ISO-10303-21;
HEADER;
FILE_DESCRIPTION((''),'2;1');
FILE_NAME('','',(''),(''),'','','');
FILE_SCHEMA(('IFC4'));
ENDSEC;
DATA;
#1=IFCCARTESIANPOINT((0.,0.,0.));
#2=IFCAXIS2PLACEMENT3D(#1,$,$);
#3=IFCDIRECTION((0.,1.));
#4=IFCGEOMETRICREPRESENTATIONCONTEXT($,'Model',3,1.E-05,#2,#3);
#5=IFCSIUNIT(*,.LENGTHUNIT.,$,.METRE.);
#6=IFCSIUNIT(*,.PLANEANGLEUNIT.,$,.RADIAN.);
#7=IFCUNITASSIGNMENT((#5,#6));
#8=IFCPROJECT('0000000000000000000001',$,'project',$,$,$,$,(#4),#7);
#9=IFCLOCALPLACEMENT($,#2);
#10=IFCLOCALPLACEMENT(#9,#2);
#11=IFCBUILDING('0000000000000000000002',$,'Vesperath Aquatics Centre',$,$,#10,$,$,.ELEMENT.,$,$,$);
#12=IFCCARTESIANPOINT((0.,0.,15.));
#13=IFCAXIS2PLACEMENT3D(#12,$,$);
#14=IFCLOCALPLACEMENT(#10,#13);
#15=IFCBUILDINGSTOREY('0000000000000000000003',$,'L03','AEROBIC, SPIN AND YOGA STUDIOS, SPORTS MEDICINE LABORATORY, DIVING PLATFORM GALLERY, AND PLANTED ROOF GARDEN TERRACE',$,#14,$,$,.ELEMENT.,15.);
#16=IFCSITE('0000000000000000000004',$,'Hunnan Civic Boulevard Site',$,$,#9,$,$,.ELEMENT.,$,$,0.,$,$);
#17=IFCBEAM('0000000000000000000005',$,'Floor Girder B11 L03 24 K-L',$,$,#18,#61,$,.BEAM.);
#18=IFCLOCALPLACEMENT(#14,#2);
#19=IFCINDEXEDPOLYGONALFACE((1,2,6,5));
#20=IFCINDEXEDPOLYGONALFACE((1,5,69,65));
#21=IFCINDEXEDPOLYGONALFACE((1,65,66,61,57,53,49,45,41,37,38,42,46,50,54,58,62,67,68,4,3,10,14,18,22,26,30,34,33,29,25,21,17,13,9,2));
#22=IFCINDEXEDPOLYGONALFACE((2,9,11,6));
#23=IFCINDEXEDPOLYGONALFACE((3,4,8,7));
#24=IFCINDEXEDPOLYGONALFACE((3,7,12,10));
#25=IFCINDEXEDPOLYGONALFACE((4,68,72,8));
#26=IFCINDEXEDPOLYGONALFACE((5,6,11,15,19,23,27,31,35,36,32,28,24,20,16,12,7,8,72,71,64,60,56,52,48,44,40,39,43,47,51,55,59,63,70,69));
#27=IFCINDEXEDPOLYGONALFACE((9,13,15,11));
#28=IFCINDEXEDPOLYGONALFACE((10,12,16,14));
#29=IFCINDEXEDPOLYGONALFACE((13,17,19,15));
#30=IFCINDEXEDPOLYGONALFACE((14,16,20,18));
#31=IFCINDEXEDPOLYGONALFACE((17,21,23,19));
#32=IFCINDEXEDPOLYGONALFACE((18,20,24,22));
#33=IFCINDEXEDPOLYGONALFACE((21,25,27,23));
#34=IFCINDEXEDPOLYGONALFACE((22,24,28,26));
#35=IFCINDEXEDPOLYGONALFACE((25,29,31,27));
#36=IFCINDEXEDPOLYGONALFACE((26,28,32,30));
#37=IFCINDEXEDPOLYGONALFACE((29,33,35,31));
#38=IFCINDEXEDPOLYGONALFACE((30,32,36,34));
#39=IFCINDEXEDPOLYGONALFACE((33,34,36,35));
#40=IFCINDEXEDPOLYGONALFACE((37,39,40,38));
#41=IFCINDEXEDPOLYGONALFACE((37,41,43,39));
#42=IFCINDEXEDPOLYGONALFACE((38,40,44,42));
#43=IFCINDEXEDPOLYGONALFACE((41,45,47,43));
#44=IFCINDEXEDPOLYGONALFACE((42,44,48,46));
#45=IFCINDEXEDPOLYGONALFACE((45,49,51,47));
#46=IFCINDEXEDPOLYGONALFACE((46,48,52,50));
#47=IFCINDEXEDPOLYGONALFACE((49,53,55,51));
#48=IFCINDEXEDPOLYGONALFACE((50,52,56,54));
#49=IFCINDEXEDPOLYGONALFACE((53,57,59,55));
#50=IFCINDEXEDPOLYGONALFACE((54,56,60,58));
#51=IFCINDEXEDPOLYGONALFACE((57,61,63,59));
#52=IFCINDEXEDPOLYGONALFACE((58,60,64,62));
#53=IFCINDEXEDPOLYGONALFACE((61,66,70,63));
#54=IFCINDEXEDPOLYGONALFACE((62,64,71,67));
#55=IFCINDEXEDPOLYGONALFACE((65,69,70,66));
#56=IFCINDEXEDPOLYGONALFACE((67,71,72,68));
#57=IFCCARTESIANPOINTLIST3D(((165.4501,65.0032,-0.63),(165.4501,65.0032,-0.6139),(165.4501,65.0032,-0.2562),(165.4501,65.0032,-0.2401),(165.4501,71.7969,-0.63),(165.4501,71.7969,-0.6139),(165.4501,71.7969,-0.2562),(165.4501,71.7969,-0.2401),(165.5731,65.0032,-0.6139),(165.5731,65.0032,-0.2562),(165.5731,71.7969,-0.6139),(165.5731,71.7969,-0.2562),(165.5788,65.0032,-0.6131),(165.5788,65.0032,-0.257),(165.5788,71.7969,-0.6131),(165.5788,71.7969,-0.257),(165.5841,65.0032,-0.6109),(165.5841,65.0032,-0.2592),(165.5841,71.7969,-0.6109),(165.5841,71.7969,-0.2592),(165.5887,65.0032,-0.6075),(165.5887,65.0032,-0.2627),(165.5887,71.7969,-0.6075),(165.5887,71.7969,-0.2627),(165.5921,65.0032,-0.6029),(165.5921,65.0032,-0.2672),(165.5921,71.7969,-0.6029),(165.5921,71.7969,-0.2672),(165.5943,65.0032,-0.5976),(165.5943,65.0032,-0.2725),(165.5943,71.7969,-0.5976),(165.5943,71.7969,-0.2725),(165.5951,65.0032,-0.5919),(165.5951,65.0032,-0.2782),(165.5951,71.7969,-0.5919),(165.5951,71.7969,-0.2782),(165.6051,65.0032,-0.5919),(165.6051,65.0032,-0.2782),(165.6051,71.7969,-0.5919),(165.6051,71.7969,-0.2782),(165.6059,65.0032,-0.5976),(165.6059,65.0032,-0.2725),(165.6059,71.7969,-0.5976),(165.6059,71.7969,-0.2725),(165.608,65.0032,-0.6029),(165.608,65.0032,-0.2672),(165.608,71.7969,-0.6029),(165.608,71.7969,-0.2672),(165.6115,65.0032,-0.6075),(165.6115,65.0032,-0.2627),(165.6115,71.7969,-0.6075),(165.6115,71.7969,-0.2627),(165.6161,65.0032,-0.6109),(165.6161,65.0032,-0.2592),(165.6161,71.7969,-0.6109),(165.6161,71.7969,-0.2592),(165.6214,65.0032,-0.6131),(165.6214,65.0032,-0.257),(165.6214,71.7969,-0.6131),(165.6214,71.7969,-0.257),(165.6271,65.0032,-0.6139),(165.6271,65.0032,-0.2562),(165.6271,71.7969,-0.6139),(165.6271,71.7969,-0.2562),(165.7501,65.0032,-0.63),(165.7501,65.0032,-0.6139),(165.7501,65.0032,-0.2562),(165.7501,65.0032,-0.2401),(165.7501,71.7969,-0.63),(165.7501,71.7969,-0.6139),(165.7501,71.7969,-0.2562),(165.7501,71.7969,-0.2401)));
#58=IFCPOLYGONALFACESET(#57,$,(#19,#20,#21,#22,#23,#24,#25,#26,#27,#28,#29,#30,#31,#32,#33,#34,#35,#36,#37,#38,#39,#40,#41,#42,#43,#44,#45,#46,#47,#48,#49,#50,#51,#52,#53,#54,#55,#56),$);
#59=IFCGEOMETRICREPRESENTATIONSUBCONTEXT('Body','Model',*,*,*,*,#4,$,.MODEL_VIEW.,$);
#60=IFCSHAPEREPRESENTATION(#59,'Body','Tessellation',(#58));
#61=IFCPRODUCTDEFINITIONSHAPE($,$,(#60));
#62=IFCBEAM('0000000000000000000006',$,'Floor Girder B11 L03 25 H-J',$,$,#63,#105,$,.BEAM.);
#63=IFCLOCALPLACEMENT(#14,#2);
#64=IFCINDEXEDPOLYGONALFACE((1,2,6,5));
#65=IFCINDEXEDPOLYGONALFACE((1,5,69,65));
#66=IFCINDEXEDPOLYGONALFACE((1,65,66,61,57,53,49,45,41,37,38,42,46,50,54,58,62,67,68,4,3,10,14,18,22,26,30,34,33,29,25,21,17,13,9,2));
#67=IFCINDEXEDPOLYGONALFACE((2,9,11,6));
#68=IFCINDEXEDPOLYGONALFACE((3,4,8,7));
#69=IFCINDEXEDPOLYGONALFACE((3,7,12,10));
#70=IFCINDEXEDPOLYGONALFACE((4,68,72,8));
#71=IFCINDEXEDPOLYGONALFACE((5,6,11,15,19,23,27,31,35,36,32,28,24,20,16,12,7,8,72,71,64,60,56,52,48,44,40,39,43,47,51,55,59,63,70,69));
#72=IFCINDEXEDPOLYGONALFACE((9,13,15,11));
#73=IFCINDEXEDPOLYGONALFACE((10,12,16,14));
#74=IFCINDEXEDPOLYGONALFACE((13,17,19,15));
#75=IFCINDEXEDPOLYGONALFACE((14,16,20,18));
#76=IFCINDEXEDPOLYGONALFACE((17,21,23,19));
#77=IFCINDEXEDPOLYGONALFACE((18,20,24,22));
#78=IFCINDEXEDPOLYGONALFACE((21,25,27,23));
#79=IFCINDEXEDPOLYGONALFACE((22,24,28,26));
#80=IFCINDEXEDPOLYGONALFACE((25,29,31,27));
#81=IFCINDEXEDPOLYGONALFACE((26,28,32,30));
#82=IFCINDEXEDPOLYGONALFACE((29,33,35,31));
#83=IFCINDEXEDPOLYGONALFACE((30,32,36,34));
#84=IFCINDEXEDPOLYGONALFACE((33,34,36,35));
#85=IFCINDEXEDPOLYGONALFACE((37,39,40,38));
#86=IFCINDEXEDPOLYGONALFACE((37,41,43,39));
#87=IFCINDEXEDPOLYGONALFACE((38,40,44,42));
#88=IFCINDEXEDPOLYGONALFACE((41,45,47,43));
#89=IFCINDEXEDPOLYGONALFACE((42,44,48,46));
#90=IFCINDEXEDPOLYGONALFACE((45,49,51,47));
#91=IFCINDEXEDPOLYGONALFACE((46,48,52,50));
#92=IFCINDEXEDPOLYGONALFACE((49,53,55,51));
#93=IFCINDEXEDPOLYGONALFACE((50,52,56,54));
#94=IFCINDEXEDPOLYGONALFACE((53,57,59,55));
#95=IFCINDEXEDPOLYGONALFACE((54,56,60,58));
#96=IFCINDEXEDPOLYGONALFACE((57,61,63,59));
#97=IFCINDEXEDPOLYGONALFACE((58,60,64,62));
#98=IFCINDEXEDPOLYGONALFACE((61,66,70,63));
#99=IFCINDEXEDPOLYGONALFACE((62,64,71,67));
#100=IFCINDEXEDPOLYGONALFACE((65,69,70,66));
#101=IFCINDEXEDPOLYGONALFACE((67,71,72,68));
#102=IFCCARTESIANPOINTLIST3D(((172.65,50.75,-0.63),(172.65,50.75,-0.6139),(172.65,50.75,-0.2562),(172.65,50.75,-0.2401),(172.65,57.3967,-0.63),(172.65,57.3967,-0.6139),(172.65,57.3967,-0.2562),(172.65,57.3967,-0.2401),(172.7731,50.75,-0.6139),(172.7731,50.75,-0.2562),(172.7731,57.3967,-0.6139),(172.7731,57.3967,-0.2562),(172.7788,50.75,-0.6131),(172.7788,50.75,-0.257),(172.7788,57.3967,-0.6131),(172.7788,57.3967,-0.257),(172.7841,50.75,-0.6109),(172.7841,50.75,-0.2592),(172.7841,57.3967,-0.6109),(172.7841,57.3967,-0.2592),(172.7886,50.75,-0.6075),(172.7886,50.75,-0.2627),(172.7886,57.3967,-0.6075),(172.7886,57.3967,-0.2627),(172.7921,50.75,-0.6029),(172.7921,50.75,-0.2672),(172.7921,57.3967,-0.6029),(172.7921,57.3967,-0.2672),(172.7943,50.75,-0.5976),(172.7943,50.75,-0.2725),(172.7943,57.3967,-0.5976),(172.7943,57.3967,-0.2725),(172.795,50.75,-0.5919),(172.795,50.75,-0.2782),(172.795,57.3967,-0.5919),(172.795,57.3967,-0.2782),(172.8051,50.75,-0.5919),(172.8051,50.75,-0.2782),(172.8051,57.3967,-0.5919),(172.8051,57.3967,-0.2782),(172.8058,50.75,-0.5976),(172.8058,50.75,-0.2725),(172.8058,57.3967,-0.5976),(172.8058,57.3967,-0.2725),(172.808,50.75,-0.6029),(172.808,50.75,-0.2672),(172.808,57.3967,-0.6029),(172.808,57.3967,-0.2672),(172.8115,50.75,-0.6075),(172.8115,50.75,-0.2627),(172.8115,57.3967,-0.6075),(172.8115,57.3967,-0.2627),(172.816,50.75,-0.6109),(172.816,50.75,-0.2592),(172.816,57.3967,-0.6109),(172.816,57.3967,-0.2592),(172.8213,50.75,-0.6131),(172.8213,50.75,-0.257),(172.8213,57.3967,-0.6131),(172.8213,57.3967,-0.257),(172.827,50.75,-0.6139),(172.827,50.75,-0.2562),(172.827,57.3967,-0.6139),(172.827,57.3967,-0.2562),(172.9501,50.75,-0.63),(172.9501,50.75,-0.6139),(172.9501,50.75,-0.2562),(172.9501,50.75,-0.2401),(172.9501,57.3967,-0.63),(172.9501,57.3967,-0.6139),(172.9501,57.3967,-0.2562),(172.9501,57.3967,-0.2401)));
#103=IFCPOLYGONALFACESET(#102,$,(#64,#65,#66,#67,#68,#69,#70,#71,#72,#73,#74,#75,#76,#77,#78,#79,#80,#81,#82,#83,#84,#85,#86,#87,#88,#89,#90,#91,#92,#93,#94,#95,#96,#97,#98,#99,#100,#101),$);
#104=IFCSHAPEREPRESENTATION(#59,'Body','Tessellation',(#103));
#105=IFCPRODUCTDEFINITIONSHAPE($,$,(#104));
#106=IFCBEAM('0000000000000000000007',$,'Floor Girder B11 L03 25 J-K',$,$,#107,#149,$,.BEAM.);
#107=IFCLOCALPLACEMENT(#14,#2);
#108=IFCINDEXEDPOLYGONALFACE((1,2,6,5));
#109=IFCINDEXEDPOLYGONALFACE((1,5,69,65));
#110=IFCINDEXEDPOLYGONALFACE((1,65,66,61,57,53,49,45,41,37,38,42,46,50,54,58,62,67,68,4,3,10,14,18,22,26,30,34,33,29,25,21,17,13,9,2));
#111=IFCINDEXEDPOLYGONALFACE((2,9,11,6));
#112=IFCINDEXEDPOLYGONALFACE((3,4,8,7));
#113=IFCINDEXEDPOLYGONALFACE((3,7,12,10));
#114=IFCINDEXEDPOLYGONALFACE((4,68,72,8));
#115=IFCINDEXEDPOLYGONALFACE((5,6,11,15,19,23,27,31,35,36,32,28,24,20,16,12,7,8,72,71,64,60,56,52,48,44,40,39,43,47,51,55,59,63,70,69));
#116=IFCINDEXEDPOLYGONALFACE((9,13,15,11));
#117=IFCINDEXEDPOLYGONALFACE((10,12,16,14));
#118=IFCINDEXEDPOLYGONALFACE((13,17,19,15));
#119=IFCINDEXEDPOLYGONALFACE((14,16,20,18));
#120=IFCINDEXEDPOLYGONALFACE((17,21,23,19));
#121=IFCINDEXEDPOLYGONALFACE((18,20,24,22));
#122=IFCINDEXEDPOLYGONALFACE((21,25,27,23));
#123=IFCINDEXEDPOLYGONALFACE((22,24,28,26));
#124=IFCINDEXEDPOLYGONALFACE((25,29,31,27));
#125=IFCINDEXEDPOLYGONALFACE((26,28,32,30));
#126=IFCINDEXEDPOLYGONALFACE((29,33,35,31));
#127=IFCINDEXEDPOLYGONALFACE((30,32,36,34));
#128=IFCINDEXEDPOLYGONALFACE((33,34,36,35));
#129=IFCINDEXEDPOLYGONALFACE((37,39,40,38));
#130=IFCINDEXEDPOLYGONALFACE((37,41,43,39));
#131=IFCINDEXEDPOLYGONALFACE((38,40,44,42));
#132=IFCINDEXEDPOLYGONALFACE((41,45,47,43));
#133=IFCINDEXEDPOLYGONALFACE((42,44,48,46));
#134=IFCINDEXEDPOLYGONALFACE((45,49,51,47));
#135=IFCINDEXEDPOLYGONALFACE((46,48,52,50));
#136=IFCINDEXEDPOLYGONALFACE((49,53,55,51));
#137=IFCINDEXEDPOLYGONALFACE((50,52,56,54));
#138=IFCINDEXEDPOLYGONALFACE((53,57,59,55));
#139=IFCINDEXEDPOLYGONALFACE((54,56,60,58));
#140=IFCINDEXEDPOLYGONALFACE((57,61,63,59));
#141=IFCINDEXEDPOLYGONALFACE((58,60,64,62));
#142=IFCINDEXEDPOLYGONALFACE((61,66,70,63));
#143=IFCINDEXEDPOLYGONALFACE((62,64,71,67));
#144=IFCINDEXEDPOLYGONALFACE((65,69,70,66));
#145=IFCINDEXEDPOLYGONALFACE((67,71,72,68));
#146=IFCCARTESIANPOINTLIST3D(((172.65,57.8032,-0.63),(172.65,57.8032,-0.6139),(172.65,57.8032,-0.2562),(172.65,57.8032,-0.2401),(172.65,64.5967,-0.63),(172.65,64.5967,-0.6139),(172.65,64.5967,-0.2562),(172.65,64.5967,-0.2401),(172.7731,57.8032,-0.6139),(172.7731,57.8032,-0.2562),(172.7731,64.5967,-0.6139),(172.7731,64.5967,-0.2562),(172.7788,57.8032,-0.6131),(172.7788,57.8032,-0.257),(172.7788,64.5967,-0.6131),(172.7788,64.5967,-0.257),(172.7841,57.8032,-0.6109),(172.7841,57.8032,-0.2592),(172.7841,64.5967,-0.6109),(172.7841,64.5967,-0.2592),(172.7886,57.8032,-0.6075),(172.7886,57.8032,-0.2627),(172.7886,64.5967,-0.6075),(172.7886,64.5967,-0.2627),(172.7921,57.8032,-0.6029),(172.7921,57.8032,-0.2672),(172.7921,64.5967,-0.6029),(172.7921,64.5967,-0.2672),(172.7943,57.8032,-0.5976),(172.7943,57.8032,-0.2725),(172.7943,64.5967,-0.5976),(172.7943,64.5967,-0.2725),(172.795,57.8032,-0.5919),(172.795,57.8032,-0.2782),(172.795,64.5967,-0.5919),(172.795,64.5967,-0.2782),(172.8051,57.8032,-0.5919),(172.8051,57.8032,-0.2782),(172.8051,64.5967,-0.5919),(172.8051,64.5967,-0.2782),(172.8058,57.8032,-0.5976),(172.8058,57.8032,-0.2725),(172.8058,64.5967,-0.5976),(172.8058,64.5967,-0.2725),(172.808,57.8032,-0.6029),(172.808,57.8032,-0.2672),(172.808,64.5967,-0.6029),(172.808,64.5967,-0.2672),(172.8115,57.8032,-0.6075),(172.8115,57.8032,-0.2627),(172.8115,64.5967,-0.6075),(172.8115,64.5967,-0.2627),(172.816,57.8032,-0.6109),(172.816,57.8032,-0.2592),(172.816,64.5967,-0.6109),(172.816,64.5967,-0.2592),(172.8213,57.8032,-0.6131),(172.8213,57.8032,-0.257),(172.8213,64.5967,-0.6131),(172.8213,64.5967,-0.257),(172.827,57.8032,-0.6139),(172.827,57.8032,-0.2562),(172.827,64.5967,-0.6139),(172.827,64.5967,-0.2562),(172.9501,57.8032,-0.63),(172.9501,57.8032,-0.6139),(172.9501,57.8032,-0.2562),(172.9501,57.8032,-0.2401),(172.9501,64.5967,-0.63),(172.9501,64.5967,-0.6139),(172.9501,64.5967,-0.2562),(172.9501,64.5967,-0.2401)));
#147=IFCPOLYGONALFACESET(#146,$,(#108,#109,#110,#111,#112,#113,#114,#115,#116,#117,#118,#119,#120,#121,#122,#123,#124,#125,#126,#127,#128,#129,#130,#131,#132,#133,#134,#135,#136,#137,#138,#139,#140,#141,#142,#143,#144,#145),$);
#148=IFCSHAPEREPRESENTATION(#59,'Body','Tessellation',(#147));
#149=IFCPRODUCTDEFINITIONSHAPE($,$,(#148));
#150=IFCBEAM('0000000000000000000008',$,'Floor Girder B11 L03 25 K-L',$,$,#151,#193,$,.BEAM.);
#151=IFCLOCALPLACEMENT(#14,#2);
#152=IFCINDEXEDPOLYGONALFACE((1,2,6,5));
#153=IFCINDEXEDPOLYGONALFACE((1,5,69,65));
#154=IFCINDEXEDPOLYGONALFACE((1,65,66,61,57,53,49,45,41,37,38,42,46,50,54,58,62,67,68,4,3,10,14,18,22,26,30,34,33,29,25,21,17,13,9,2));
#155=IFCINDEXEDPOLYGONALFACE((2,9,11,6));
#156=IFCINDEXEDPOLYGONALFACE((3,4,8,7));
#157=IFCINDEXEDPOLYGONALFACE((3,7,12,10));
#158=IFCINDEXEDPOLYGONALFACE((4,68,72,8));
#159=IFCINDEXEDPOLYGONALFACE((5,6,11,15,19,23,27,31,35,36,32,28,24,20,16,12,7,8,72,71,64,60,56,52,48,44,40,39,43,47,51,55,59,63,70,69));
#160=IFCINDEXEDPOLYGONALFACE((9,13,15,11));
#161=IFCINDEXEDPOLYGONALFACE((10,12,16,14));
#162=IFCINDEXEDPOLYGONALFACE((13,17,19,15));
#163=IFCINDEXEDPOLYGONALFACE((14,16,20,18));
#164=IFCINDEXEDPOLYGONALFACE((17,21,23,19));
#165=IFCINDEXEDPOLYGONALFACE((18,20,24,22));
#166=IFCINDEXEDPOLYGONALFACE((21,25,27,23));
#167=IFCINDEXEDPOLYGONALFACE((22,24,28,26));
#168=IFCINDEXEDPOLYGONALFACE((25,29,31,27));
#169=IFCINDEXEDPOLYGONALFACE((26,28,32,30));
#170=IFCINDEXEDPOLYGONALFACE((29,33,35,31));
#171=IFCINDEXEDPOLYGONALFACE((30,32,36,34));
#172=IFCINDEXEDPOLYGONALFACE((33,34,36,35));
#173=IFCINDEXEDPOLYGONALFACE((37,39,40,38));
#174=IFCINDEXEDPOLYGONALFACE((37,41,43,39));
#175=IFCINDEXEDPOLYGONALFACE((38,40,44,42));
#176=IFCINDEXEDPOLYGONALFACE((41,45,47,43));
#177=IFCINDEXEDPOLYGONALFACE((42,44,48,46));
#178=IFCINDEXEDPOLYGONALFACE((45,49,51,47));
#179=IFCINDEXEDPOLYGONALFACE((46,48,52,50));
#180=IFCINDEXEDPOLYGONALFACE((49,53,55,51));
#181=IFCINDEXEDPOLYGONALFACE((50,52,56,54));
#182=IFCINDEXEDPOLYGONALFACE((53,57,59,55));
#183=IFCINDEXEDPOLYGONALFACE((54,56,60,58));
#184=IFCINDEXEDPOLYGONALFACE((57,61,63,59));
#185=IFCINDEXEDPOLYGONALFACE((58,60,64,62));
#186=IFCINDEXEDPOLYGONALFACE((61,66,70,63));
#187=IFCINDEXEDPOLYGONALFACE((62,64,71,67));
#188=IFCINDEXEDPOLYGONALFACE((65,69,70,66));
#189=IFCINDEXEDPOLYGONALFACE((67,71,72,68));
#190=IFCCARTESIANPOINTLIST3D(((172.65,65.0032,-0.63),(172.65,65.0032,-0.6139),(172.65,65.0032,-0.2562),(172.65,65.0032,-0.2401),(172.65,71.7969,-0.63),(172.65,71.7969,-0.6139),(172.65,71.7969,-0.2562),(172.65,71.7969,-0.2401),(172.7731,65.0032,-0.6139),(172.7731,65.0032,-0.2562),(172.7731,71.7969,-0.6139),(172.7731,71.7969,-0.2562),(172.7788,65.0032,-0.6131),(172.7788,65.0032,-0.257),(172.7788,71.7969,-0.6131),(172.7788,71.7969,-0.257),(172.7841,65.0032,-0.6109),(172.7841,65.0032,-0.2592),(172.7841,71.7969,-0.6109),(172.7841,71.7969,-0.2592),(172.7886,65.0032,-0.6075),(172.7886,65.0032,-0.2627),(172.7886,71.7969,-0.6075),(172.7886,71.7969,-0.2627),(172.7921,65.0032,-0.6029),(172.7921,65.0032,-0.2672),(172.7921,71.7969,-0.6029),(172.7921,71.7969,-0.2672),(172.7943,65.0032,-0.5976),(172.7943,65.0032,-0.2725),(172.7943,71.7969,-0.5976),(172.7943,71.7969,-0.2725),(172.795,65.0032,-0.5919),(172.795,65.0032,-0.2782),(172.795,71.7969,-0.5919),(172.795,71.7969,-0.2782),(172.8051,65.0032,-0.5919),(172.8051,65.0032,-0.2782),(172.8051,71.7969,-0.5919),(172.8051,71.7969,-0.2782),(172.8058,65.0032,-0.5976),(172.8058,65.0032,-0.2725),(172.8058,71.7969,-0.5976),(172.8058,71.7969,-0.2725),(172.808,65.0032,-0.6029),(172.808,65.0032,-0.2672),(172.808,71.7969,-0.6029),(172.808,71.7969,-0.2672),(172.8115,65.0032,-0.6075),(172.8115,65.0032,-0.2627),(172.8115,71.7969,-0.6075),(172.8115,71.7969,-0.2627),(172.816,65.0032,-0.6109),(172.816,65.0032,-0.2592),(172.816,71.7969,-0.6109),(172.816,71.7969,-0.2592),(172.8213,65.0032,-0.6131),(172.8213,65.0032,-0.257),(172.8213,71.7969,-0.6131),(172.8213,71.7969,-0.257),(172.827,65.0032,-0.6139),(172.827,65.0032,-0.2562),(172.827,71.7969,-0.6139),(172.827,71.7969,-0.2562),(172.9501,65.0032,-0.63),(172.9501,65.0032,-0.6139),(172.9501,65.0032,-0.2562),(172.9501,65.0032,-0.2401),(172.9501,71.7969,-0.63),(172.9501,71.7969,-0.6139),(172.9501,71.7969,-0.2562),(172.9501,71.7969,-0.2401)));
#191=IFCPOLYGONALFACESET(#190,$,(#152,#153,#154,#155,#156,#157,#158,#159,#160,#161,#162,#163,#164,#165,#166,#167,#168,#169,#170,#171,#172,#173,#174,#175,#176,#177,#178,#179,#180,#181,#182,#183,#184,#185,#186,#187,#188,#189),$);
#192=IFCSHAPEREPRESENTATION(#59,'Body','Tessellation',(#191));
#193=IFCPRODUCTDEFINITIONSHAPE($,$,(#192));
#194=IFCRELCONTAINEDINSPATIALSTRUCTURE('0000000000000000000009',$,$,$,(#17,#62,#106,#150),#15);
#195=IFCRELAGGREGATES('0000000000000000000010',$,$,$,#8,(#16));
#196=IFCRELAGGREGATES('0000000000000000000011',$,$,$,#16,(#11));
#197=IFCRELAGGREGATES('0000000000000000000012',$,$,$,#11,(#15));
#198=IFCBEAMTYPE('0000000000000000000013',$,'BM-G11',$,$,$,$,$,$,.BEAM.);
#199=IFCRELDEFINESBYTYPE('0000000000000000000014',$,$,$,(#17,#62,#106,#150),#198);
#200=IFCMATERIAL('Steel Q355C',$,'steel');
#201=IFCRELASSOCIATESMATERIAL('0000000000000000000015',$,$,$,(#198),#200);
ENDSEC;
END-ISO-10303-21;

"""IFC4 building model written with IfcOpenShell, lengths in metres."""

from ifc_helpers import new_model, si_unit, direction, frame, origin, origin_2d, place, context, subcontext, project, spatial, i_section, extrude, material, material_profile, profile_set, type_object, element, save


model = new_model("IFC4")

# Units and contexts
model_context = context("Model", 3, precision=1e-05, world=origin(), true_north=direction((0.0, 1.0)))
body_context = subcontext(model_context, "Body", "Model", "MODEL_VIEW")
ifc_project = project(units=[si_unit("LENGTHUNIT", "METRE"), si_unit("PLANEANGLEUNIT", "RADIAN")], contexts=[model_context])

# Site, building, storey
site_placement = place(None, origin())
site = spatial("IfcSite", under=ifc_project, at=site_placement, Name="Hunnan Civic Boulevard Site", CompositionType="ELEMENT", RefElevation=0.0)
building_placement = place(site_placement, origin())
building = spatial("IfcBuilding", under=site, at=building_placement, Name="Vesperath Aquatics Centre", CompositionType="ELEMENT")
storey_placement = place(building_placement, frame((0.0, 0.0, 15.0)))
storey = spatial("IfcBuildingStorey", under=building, at=storey_placement, Name="L03", Description="AEROBIC, SPIN AND YOGA STUDIOS, SPORTS MEDICINE LABORATORY, DIVING PLATFORM GALLERY, AND PLANTED ROOF GARDEN TERRACE", CompositionType="ELEMENT", Elevation=15.0)

# Beams
ifc_material_1 = material(Name="Steel Q355C", Category="steel")
ifc_material_profile_1 = material_profile(ifc_material_1, i_section(OverallWidth=0.3, OverallDepth=0.3899, WebThickness=0.01, FlangeThickness=0.0161, FilletRadius=0.022, at=origin_2d()), Name="HM 390x300x10x16")
ifc_profile_set_1 = profile_set([ifc_material_profile_1], Name="Steel Q355C")
beam_type_1 = type_object("IfcBeamType", Name="BM-G11", PredefinedType="BEAM", material=ifc_profile_set_1)
beam_1_placement = place(storey_placement, frame((165.6001, 65.0032, -0.4351), z_axis=(0.0, 1.0, 0.0), x_axis=(-1.0, 0.0, 0.0)))
element("IfcBeam", 1, at=beam_1_placement, inside=storey, type_object=beam_type_1, Name="Floor Girder B11 L03 24 K-L", PredefinedType="BEAM", context=body_context, shape_type="SweptSolid", body=[
    extrude(i_section(OverallWidth=0.3, OverallDepth=0.3899, WebThickness=0.01, FlangeThickness=0.0161, FilletRadius=0.022, at=origin_2d()), origin(), (0.0, 0.0, 1.0), 6.7937),
])
beam_2_placement = place(storey_placement, frame((172.8, 50.75, -0.4351), z_axis=(0.0, 1.0, 0.0), x_axis=(-1.0, 0.0, 0.0)))
element("IfcBeam", 2, at=beam_2_placement, inside=storey, type_object=beam_type_1, Name="Floor Girder B11 L03 25 H-J", PredefinedType="BEAM", context=body_context, shape_type="SweptSolid", body=[
    extrude(i_section(OverallWidth=0.3, OverallDepth=0.3899, WebThickness=0.01, FlangeThickness=0.0161, FilletRadius=0.022, at=origin_2d()), origin(), (0.0, 0.0, 1.0), 6.6467),
])
beam_3_placement = place(storey_placement, frame((172.8, 57.8032, -0.4351), z_axis=(0.0, 1.0, 0.0), x_axis=(-1.0, 0.0, 0.0)))
element("IfcBeam", 3, at=beam_3_placement, inside=storey, type_object=beam_type_1, Name="Floor Girder B11 L03 25 J-K", PredefinedType="BEAM", context=body_context, shape_type="SweptSolid", body=[
    extrude(i_section(OverallWidth=0.3, OverallDepth=0.3899, WebThickness=0.01, FlangeThickness=0.0161, FilletRadius=0.022, at=origin_2d()), origin(), (0.0, 0.0, 1.0), 6.7935),
])
beam_4_placement = place(storey_placement, frame((172.8, 65.0032, -0.4351), z_axis=(0.0, 1.0, 0.0), x_axis=(-1.0, 0.0, 0.0)))
element("IfcBeam", 4, at=beam_4_placement, inside=storey, type_object=beam_type_1, Name="Floor Girder B11 L03 25 K-L", PredefinedType="BEAM", context=body_context, shape_type="SweptSolid", body=[
    extrude(i_section(OverallWidth=0.3, OverallDepth=0.3899, WebThickness=0.01, FlangeThickness=0.0161, FilletRadius=0.022, at=origin_2d()), origin(), (0.0, 0.0, 1.0), 6.7937),
])

save(model, "model.ifc")
